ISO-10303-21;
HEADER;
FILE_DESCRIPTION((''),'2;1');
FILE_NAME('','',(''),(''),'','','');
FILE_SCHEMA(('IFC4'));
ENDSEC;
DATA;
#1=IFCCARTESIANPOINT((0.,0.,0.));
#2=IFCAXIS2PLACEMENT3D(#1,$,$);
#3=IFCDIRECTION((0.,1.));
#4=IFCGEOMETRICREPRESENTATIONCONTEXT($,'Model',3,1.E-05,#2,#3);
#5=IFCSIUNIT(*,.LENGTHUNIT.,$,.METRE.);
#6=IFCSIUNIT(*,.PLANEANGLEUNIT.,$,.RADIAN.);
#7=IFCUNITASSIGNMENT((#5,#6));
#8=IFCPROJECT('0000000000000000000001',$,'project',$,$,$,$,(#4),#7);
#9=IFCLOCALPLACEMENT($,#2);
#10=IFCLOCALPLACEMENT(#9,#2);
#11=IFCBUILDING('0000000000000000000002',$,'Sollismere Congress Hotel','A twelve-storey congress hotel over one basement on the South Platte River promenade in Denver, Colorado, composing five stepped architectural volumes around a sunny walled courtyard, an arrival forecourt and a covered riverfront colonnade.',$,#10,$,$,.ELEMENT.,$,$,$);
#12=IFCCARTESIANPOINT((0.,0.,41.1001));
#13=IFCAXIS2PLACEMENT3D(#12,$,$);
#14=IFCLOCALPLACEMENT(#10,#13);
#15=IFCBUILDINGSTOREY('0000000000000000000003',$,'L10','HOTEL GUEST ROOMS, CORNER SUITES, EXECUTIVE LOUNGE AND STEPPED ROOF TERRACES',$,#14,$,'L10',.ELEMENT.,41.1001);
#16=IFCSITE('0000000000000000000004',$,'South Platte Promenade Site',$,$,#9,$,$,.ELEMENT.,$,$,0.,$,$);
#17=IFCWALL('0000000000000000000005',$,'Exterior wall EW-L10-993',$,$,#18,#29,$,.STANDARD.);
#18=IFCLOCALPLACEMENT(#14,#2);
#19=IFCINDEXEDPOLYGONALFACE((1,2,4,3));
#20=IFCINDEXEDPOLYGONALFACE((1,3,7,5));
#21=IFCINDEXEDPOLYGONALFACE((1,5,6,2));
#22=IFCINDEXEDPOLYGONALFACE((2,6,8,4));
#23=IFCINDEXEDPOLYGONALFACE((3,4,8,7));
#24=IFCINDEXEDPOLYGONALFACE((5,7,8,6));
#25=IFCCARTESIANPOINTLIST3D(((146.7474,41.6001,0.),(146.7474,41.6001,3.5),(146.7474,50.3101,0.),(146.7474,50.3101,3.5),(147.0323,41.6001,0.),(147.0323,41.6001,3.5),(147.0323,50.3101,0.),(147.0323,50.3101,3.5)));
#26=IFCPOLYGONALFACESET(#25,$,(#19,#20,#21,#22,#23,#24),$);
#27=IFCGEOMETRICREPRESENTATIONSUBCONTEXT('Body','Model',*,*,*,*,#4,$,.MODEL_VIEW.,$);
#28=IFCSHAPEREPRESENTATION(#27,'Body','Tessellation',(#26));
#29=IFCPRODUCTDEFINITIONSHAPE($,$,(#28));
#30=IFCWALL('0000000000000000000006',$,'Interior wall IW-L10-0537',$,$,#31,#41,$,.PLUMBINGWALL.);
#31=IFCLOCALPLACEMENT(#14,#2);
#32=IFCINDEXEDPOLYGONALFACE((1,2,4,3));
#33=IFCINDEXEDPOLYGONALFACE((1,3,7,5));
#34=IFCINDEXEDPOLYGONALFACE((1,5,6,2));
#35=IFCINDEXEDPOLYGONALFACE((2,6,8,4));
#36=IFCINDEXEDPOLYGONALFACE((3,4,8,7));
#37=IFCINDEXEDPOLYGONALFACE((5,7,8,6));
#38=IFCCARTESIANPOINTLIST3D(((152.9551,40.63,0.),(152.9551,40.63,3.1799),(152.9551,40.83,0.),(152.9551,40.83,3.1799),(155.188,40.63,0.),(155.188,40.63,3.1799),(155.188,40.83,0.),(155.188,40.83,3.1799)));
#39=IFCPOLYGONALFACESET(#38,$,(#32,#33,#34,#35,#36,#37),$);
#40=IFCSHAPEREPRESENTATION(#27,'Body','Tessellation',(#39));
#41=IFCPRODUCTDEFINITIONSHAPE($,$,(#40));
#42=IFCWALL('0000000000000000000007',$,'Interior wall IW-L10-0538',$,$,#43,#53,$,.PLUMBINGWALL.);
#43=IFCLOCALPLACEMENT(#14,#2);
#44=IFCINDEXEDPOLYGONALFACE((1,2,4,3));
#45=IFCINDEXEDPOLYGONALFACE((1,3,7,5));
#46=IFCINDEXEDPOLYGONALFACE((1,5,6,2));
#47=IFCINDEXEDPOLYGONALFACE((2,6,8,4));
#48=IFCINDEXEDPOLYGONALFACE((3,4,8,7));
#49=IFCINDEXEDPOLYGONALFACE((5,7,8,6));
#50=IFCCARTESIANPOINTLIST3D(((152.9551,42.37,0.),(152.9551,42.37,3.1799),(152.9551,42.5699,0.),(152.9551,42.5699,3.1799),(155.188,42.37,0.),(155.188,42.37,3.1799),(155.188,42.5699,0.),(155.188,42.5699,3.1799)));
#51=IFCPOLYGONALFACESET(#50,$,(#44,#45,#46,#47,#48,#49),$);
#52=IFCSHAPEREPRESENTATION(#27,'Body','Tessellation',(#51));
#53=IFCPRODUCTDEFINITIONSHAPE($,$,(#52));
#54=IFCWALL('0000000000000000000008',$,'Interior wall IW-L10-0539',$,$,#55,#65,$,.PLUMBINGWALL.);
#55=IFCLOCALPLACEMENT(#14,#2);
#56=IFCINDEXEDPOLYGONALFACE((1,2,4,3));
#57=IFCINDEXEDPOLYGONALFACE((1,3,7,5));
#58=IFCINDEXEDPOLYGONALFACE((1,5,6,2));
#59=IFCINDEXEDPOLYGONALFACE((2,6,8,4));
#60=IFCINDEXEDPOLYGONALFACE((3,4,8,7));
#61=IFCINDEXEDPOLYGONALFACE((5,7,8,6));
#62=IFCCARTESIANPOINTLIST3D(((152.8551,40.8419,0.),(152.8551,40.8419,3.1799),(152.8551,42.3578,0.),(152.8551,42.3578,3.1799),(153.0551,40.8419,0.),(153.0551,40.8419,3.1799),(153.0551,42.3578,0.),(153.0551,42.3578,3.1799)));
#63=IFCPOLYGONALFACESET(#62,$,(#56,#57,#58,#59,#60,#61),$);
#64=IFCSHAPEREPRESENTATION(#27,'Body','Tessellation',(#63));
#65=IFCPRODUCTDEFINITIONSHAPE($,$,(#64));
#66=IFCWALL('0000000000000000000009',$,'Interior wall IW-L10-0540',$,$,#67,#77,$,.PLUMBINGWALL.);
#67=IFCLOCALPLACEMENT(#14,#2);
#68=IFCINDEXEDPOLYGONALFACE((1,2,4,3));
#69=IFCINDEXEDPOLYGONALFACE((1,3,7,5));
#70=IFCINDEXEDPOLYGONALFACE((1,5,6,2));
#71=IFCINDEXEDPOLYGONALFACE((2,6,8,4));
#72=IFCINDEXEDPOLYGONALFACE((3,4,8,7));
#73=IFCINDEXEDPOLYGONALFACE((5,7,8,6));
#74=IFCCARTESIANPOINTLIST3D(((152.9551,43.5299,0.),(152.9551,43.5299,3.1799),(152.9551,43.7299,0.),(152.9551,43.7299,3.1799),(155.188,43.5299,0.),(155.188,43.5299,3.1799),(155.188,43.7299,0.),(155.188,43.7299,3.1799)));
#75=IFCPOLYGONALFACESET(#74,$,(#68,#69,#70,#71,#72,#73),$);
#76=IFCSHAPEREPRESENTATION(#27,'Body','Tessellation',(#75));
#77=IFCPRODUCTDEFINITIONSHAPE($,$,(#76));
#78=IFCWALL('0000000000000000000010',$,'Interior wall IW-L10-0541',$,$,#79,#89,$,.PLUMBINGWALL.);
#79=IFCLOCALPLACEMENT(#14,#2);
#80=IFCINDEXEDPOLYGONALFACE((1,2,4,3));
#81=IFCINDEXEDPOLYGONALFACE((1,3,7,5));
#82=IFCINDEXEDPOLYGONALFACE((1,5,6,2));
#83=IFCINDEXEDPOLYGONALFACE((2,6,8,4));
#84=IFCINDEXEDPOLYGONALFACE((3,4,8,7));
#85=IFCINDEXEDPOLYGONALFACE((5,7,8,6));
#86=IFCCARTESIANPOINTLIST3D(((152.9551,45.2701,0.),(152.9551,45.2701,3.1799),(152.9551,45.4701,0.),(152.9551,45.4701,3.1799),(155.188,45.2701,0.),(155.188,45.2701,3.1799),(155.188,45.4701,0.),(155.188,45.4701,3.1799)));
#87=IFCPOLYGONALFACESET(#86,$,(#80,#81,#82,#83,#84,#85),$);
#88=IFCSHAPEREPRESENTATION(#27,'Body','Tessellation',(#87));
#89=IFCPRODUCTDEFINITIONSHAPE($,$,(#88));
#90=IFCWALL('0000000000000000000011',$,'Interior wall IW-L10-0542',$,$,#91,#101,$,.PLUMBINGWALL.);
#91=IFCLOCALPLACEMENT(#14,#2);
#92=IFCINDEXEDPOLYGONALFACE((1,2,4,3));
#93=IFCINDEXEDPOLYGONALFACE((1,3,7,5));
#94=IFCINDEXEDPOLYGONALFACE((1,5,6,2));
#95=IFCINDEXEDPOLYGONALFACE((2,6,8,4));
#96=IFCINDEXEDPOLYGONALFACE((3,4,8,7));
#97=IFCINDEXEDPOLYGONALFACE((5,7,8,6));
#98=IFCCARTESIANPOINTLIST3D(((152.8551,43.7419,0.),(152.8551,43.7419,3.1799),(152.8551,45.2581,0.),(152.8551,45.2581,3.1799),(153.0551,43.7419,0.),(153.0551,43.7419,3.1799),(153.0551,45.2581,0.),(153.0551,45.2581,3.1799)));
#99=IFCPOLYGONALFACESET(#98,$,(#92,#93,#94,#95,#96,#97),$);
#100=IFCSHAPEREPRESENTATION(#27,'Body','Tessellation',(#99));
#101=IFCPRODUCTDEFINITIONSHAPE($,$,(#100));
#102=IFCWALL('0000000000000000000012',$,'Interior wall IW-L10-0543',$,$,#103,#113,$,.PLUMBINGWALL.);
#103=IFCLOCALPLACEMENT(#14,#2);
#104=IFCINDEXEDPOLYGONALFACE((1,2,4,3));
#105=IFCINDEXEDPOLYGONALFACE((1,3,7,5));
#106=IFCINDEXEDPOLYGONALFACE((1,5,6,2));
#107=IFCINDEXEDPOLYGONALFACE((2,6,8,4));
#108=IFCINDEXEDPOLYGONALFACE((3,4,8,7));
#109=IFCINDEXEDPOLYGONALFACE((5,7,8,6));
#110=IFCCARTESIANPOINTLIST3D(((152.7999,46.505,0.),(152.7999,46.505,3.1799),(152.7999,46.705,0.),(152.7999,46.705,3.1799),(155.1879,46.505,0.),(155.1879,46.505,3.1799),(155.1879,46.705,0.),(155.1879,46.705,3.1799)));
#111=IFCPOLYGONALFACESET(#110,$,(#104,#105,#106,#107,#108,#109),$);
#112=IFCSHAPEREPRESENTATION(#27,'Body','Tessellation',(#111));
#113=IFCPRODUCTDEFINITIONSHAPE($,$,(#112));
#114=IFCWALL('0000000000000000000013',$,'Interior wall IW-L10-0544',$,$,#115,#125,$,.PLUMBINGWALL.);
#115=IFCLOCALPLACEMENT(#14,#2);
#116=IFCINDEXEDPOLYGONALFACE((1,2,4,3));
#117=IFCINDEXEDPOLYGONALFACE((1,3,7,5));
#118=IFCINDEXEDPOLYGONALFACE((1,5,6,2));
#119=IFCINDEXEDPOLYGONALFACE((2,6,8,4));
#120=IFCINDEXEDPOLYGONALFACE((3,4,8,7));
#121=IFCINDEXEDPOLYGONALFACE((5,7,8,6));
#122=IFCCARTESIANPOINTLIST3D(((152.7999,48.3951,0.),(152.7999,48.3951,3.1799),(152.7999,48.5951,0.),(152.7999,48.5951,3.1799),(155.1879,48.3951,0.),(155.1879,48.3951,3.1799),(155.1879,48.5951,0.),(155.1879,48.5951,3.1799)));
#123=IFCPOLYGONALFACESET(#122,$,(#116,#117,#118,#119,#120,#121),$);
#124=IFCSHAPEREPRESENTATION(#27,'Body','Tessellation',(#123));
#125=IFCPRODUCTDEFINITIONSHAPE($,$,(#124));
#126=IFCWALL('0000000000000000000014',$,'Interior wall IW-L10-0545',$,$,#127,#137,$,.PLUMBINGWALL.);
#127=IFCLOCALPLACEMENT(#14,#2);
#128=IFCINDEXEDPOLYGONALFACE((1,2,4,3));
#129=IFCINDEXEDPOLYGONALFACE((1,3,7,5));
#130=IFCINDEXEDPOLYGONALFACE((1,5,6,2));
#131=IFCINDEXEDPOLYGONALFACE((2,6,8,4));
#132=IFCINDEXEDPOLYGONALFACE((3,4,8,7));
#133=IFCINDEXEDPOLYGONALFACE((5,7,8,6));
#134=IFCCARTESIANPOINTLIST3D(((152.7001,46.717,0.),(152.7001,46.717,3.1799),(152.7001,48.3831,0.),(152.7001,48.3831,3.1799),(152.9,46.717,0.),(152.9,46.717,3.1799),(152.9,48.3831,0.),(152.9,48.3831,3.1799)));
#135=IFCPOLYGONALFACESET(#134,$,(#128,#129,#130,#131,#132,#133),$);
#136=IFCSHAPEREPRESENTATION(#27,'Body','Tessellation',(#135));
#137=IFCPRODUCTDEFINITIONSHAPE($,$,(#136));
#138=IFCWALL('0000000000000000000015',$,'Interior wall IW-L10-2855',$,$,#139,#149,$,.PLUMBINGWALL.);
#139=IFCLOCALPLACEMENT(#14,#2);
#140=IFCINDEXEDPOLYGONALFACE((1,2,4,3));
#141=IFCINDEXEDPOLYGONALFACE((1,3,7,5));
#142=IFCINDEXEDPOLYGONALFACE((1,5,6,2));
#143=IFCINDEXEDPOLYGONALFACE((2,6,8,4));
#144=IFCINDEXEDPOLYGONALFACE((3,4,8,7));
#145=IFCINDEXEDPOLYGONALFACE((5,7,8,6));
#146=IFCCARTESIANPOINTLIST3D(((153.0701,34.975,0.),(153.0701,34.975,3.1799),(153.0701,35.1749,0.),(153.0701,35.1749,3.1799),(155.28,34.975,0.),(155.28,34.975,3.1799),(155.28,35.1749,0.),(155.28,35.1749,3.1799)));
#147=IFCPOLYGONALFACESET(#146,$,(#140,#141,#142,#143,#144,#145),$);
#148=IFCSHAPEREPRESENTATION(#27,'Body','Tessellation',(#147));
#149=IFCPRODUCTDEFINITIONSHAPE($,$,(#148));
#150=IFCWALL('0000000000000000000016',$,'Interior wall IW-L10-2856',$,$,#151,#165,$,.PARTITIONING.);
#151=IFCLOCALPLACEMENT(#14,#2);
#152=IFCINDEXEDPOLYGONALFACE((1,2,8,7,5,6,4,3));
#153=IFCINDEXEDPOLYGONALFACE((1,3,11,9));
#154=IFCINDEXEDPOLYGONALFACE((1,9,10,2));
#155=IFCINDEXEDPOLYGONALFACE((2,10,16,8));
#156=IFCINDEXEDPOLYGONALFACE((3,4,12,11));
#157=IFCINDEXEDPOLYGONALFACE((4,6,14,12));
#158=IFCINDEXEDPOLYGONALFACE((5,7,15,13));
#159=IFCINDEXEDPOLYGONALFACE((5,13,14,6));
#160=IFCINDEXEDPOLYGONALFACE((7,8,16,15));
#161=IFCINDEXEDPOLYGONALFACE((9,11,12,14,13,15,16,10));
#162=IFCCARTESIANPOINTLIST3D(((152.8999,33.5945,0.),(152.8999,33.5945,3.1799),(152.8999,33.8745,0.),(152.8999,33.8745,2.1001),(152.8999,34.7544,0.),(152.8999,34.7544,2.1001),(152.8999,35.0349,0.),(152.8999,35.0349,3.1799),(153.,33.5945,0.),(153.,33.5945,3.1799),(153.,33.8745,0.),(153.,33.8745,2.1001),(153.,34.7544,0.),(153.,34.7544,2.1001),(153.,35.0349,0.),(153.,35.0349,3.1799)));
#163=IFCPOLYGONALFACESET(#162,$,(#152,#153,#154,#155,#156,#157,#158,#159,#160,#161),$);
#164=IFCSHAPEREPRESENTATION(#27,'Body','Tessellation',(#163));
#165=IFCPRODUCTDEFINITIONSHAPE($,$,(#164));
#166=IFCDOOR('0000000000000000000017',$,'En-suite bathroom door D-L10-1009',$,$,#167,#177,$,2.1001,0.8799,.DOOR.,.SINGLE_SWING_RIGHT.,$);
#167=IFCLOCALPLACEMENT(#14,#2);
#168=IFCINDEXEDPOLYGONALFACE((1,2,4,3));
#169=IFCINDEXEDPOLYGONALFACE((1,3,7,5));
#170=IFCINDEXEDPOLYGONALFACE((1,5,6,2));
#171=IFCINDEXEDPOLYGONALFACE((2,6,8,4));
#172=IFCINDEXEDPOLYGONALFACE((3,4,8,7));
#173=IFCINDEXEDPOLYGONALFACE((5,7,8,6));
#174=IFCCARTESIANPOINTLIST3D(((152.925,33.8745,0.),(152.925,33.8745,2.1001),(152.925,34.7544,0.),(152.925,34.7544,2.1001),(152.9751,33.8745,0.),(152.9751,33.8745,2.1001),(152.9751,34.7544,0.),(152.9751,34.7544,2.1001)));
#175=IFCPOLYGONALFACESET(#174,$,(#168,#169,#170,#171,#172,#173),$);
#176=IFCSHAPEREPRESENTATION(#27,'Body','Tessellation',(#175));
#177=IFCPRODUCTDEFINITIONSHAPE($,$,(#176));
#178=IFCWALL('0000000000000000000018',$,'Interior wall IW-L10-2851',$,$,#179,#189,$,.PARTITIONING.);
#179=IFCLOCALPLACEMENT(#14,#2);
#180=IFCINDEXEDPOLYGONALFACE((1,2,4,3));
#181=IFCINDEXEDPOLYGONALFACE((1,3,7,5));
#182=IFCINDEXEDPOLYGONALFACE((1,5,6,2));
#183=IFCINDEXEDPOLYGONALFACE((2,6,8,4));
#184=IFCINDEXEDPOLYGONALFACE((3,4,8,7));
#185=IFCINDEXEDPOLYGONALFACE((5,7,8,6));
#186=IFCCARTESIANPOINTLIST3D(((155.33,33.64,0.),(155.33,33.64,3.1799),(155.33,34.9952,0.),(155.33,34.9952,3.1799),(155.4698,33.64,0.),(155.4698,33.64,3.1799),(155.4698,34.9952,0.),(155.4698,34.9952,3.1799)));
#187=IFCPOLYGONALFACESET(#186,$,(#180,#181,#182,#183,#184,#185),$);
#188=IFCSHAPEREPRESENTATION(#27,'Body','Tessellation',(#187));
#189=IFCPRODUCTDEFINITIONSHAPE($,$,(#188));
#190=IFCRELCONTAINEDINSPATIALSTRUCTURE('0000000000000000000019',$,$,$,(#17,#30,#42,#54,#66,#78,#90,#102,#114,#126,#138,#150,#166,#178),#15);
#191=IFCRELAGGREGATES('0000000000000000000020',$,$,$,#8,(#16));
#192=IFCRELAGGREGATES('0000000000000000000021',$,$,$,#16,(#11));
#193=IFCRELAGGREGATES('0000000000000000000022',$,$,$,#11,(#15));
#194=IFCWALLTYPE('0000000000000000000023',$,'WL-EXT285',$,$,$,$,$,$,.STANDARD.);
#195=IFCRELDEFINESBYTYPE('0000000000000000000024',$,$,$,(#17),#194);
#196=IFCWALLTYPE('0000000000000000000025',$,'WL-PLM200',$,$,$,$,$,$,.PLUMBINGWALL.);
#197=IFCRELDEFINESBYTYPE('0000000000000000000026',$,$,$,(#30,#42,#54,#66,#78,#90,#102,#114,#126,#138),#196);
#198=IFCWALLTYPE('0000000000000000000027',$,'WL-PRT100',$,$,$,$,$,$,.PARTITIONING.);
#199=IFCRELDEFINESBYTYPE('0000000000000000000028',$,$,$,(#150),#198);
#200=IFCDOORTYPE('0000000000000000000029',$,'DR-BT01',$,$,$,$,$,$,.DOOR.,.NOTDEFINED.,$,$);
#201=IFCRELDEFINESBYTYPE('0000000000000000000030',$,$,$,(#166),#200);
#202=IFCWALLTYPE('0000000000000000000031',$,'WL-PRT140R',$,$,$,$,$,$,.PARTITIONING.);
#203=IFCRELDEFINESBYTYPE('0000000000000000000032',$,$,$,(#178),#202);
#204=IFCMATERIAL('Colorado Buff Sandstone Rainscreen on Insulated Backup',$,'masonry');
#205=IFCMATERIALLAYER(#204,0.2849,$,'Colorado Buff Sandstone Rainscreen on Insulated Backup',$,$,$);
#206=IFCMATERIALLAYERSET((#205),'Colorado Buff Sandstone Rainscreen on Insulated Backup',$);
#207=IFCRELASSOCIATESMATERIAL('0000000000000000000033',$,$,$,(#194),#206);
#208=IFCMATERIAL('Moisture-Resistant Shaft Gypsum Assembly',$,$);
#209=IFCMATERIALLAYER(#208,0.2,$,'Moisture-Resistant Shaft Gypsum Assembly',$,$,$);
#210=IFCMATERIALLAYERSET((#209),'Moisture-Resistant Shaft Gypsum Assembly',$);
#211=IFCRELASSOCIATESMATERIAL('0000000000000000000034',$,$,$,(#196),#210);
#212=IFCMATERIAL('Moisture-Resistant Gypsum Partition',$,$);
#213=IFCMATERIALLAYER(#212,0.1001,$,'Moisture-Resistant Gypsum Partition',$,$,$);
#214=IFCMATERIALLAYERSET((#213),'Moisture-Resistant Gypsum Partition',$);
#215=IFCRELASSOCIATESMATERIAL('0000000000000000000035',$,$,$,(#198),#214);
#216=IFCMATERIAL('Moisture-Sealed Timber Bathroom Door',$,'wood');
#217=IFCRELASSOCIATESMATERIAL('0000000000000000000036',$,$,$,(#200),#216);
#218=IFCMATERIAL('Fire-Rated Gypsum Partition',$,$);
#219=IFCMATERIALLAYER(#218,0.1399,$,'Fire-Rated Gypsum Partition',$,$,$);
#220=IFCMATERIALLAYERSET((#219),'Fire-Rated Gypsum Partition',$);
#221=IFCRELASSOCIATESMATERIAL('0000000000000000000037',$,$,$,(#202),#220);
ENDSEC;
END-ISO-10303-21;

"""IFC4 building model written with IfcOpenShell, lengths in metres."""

from ifc_helpers import new_model, si_unit, direction, frame, frame_2d, origin, place, context, subcontext, project, spatial, rectangle, extrude, material, layer, layer_set, type_object, element, fill, save


model = new_model("IFC4")

# Units and contexts
model_context = context("Model", 3, precision=1e-05, world=origin(), true_north=direction((0.0, 1.0)))
body_context = subcontext(model_context, "Body", "Model", "MODEL_VIEW")
ifc_project = project(units=[si_unit("LENGTHUNIT", "METRE"), si_unit("PLANEANGLEUNIT", "RADIAN")], contexts=[model_context])

# Site, building, storey
site_placement = place(None, origin())
site = spatial("IfcSite", under=ifc_project, at=site_placement, Name="South Platte Promenade Site", CompositionType="ELEMENT", RefElevation=0.0)
building_placement = place(site_placement, origin())
building = spatial("IfcBuilding", under=site, at=building_placement, Name="Sollismere Congress Hotel", Description="A twelve-storey congress hotel over one basement on the South Platte River promenade in Denver, Colorado, composing five stepped architectural volumes around a sunny walled courtyard, an arrival forecourt and a covered riverfront colonnade.", CompositionType="ELEMENT")
storey_placement = place(building_placement, frame((0.0, 0.0, 41.1001)))
storey = spatial("IfcBuildingStorey", under=building, at=storey_placement, Name="L10", Description="HOTEL GUEST ROOMS, CORNER SUITES, EXECUTIVE LOUNGE AND STEPPED ROOF TERRACES", LongName="L10", CompositionType="ELEMENT", Elevation=41.1001)

# Walls
ifc_material_1 = material(Name="Colorado Buff Sandstone Rainscreen on Insulated Backup", Category="masonry")
ifc_layer_1 = layer(ifc_material_1, 0.2849, Name="Colorado Buff Sandstone Rainscreen on Insulated Backup")
ifc_layer_set_1 = layer_set([ifc_layer_1], Name="Colorado Buff Sandstone Rainscreen on Insulated Backup")
wall_type_1 = type_object("IfcWallType", Name="WL-EXT285", PredefinedType="STANDARD", material=ifc_layer_set_1)
wall_1_placement = place(storey_placement, frame((146.8899, 41.6001, 0.0), z_axis=(0.0, 0.0, 1.0), x_axis=(0.0, 1.0, 0.0)))
element("IfcWall", 1, at=wall_1_placement, inside=storey, type_object=wall_type_1, Name="Exterior wall EW-L10-993", PredefinedType="STANDARD", context=body_context, shape_type="SweptSolid", body=[
    extrude(rectangle(XDim=8.71, YDim=0.2849, at=frame_2d((4.355, 0.0))), origin(), (0.0, 0.0, 1.0), 3.5),
])
ifc_material_2 = material(Name="Moisture-Resistant Shaft Gypsum Assembly")
ifc_layer_2 = layer(ifc_material_2, 0.2, Name="Moisture-Resistant Shaft Gypsum Assembly")
ifc_layer_set_2 = layer_set([ifc_layer_2], Name="Moisture-Resistant Shaft Gypsum Assembly")
wall_type_2 = type_object("IfcWallType", Name="WL-PLM200", PredefinedType="PLUMBINGWALL", material=ifc_layer_set_2)
for number, where, z_axis, x_axis, name in (
    (2, (152.9551, 40.73, 0.0), (0.0, 0.0, 1.0), (1.0, 0.0, 0.0), "Interior wall IW-L10-0537"),
    (3, (152.9551, 42.47, 0.0), (0.0, 0.0, 1.0), (1.0, 0.0, 0.0), "Interior wall IW-L10-0538"),
):
    element("IfcWall", number, at=place(storey_placement, frame(where, z_axis=z_axis, x_axis=x_axis)), inside=storey, type_object=wall_type_2, Name=name, PredefinedType="PLUMBINGWALL", context=body_context, shape_type="SweptSolid", body=[
        extrude(rectangle(XDim=2.2329, YDim=0.2, at=frame_2d((1.1165, 0.0))), origin(), (0.0, 0.0, 1.0), 3.1799),
    ])
wall_2_placement = place(storey_placement, frame((152.9551, 40.842, 0.0), z_axis=(0.0, 0.0, 1.0), x_axis=(0.0, 1.0, 0.0)))
element("IfcWall", 4, at=wall_2_placement, inside=storey, type_object=wall_type_2, Name="Interior wall IW-L10-0539", PredefinedType="PLUMBINGWALL", context=body_context, shape_type="SweptSolid", body=[
    extrude(rectangle(XDim=1.5159, YDim=0.2, at=frame_2d((0.7578, 0.0))), origin(), (0.0, 0.0, 1.0), 3.1799),
])
for number, where, z_axis, x_axis, name in (
    (5, (152.9551, 43.6299, 0.0), (0.0, 0.0, 1.0), (1.0, 0.0, 0.0), "Interior wall IW-L10-0540"),
    (6, (152.9551, 45.3701, 0.0), (0.0, 0.0, 1.0), (1.0, 0.0, 0.0), "Interior wall IW-L10-0541"),
):
    element("IfcWall", number, at=place(storey_placement, frame(where, z_axis=z_axis, x_axis=x_axis)), inside=storey, type_object=wall_type_2, Name=name, PredefinedType="PLUMBINGWALL", context=body_context, shape_type="SweptSolid", body=[
        extrude(rectangle(XDim=2.2329, YDim=0.2, at=frame_2d((1.1165, 0.0))), origin(), (0.0, 0.0, 1.0), 3.1799),
    ])
wall_3_placement = place(storey_placement, frame((152.9551, 43.7419, 0.0), z_axis=(0.0, 0.0, 1.0), x_axis=(0.0, 1.0, 0.0)))
element("IfcWall", 7, at=wall_3_placement, inside=storey, type_object=wall_type_2, Name="Interior wall IW-L10-0542", PredefinedType="PLUMBINGWALL", context=body_context, shape_type="SweptSolid", body=[
    extrude(rectangle(XDim=1.5161, YDim=0.2, at=frame_2d((0.7581, 0.0))), origin(), (0.0, 0.0, 1.0), 3.1799),
])
for number, where, z_axis, x_axis, name in (
    (8, (152.8, 46.605, 0.0), (0.0, 0.0, 1.0), (1.0, 0.0, 0.0), "Interior wall IW-L10-0543"),
    (9, (152.8, 48.4951, 0.0), (0.0, 0.0, 1.0), (1.0, 0.0, 0.0), "Interior wall IW-L10-0544"),
):
    element("IfcWall", number, at=place(storey_placement, frame(where, z_axis=z_axis, x_axis=x_axis)), inside=storey, type_object=wall_type_2, Name=name, PredefinedType="PLUMBINGWALL", context=body_context, shape_type="SweptSolid", body=[
        extrude(rectangle(XDim=2.3879, YDim=0.2, at=frame_2d((1.1938, 0.0))), origin(), (0.0, 0.0, 1.0), 3.1799),
    ])
wall_4_placement = place(storey_placement, frame((152.8, 46.717, 0.0), z_axis=(0.0, 0.0, 1.0), x_axis=(0.0, 1.0, 0.0)))
element("IfcWall", 10, at=wall_4_placement, inside=storey, type_object=wall_type_2, Name="Interior wall IW-L10-0545", PredefinedType="PLUMBINGWALL", context=body_context, shape_type="SweptSolid", body=[
    extrude(rectangle(XDim=1.666, YDim=0.2, at=frame_2d((0.833, 0.0))), origin(), (0.0, 0.0, 1.0), 3.1799),
])
wall_5_placement = place(storey_placement, frame((153.0701, 35.075, 0.0), z_axis=(0.0, 0.0, 1.0), x_axis=(1.0, 0.0, 0.0)))
element("IfcWall", 11, at=wall_5_placement, inside=storey, type_object=wall_type_2, Name="Interior wall IW-L10-2855", PredefinedType="PLUMBINGWALL", context=body_context, shape_type="SweptSolid", body=[
    extrude(rectangle(XDim=2.21, YDim=0.2, at=frame_2d((1.105, 0.0))), origin(), (0.0, 0.0, 1.0), 3.1799),
])

# Wall, opening, door
ifc_material_3 = material(Name="Moisture-Resistant Gypsum Partition")
ifc_layer_3 = layer(ifc_material_3, 0.1001, Name="Moisture-Resistant Gypsum Partition")
ifc_layer_set_3 = layer_set([ifc_layer_3], Name="Moisture-Resistant Gypsum Partition")
wall_type_3 = type_object("IfcWallType", Name="WL-PRT100", PredefinedType="PARTITIONING", material=ifc_layer_set_3)
wall_6_placement = place(storey_placement, frame((152.95, 33.5945, 0.0), z_axis=(0.0, 0.0, 1.0), x_axis=(0.0, 1.0, 0.0)))
wall_6 = element("IfcWall", 12, at=wall_6_placement, inside=storey, type_object=wall_type_3, Name="Interior wall IW-L10-2856", PredefinedType="PARTITIONING", context=body_context, shape_type="SweptSolid", body=[
    extrude(rectangle(XDim=1.4404, YDim=0.1001, at=frame_2d((0.7202, 0.0))), origin(), (0.0, 0.0, 1.0), 3.1799),
])
opening_1_placement = place(wall_6_placement, frame((0.28, 0.0, 0.0)))
opening_1 = element("IfcOpeningElement", 13, at=opening_1_placement, cuts=wall_6, PredefinedType="OPENING", context=body_context, shape_type="SweptSolid", body=[
    extrude(rectangle(XDim=0.8799, YDim=2.1001, at=frame_2d((0.4399, 1.05))), frame((0.0, 0.0601, 0.0), z_axis=(0.0, -1.0, 0.0), x_axis=(1.0, 0.0, 0.0)), (0.0, 0.0, 1.0), 0.1201),
])
ifc_material_4 = material(Name="Moisture-Sealed Timber Bathroom Door", Category="wood")
door_type_1 = type_object("IfcDoorType", Name="DR-BT01", OperationType="NOTDEFINED", PredefinedType="DOOR", material=ifc_material_4)
door_1_placement = place(opening_1_placement, origin())
door_1 = element("IfcDoor", 14, at=door_1_placement, inside=storey, type_object=door_type_1, Name="En-suite bathroom door D-L10-1009", OperationType="SINGLE_SWING_RIGHT", OverallHeight=2.1001, OverallWidth=0.8799, PredefinedType="DOOR", context=body_context, shape_type="SweptSolid", body=[
    extrude(rectangle(XDim=0.8799, YDim=2.1001, at=frame_2d((0.4399, 1.05))), frame((0.0, 0.0249, 0.0), z_axis=(0.0, -1.0, 0.0), x_axis=(1.0, 0.0, 0.0)), (0.0, 0.0, 1.0), 0.05),
])
fill(opening_1, door_1)

# Wall
ifc_material_5 = material(Name="Fire-Rated Gypsum Partition")
ifc_layer_4 = layer(ifc_material_5, 0.1399, Name="Fire-Rated Gypsum Partition")
ifc_layer_set_4 = layer_set([ifc_layer_4], Name="Fire-Rated Gypsum Partition")
wall_type_4 = type_object("IfcWallType", Name="WL-PRT140R", PredefinedType="PARTITIONING", material=ifc_layer_set_4)
wall_7_placement = place(storey_placement, frame((155.3999, 33.6399, 0.0), z_axis=(0.0, 0.0, 1.0), x_axis=(0.0, 1.0, 0.0)))
element("IfcWall", 15, at=wall_7_placement, inside=storey, type_object=wall_type_4, Name="Interior wall IW-L10-2851", PredefinedType="PARTITIONING", context=body_context, shape_type="SweptSolid", body=[
    extrude(rectangle(XDim=1.3552, YDim=0.1399, at=frame_2d((0.6777, 0.0))), origin(), (0.0, 0.0, 1.0), 3.1799),
])

save(model, "model.ifc")
